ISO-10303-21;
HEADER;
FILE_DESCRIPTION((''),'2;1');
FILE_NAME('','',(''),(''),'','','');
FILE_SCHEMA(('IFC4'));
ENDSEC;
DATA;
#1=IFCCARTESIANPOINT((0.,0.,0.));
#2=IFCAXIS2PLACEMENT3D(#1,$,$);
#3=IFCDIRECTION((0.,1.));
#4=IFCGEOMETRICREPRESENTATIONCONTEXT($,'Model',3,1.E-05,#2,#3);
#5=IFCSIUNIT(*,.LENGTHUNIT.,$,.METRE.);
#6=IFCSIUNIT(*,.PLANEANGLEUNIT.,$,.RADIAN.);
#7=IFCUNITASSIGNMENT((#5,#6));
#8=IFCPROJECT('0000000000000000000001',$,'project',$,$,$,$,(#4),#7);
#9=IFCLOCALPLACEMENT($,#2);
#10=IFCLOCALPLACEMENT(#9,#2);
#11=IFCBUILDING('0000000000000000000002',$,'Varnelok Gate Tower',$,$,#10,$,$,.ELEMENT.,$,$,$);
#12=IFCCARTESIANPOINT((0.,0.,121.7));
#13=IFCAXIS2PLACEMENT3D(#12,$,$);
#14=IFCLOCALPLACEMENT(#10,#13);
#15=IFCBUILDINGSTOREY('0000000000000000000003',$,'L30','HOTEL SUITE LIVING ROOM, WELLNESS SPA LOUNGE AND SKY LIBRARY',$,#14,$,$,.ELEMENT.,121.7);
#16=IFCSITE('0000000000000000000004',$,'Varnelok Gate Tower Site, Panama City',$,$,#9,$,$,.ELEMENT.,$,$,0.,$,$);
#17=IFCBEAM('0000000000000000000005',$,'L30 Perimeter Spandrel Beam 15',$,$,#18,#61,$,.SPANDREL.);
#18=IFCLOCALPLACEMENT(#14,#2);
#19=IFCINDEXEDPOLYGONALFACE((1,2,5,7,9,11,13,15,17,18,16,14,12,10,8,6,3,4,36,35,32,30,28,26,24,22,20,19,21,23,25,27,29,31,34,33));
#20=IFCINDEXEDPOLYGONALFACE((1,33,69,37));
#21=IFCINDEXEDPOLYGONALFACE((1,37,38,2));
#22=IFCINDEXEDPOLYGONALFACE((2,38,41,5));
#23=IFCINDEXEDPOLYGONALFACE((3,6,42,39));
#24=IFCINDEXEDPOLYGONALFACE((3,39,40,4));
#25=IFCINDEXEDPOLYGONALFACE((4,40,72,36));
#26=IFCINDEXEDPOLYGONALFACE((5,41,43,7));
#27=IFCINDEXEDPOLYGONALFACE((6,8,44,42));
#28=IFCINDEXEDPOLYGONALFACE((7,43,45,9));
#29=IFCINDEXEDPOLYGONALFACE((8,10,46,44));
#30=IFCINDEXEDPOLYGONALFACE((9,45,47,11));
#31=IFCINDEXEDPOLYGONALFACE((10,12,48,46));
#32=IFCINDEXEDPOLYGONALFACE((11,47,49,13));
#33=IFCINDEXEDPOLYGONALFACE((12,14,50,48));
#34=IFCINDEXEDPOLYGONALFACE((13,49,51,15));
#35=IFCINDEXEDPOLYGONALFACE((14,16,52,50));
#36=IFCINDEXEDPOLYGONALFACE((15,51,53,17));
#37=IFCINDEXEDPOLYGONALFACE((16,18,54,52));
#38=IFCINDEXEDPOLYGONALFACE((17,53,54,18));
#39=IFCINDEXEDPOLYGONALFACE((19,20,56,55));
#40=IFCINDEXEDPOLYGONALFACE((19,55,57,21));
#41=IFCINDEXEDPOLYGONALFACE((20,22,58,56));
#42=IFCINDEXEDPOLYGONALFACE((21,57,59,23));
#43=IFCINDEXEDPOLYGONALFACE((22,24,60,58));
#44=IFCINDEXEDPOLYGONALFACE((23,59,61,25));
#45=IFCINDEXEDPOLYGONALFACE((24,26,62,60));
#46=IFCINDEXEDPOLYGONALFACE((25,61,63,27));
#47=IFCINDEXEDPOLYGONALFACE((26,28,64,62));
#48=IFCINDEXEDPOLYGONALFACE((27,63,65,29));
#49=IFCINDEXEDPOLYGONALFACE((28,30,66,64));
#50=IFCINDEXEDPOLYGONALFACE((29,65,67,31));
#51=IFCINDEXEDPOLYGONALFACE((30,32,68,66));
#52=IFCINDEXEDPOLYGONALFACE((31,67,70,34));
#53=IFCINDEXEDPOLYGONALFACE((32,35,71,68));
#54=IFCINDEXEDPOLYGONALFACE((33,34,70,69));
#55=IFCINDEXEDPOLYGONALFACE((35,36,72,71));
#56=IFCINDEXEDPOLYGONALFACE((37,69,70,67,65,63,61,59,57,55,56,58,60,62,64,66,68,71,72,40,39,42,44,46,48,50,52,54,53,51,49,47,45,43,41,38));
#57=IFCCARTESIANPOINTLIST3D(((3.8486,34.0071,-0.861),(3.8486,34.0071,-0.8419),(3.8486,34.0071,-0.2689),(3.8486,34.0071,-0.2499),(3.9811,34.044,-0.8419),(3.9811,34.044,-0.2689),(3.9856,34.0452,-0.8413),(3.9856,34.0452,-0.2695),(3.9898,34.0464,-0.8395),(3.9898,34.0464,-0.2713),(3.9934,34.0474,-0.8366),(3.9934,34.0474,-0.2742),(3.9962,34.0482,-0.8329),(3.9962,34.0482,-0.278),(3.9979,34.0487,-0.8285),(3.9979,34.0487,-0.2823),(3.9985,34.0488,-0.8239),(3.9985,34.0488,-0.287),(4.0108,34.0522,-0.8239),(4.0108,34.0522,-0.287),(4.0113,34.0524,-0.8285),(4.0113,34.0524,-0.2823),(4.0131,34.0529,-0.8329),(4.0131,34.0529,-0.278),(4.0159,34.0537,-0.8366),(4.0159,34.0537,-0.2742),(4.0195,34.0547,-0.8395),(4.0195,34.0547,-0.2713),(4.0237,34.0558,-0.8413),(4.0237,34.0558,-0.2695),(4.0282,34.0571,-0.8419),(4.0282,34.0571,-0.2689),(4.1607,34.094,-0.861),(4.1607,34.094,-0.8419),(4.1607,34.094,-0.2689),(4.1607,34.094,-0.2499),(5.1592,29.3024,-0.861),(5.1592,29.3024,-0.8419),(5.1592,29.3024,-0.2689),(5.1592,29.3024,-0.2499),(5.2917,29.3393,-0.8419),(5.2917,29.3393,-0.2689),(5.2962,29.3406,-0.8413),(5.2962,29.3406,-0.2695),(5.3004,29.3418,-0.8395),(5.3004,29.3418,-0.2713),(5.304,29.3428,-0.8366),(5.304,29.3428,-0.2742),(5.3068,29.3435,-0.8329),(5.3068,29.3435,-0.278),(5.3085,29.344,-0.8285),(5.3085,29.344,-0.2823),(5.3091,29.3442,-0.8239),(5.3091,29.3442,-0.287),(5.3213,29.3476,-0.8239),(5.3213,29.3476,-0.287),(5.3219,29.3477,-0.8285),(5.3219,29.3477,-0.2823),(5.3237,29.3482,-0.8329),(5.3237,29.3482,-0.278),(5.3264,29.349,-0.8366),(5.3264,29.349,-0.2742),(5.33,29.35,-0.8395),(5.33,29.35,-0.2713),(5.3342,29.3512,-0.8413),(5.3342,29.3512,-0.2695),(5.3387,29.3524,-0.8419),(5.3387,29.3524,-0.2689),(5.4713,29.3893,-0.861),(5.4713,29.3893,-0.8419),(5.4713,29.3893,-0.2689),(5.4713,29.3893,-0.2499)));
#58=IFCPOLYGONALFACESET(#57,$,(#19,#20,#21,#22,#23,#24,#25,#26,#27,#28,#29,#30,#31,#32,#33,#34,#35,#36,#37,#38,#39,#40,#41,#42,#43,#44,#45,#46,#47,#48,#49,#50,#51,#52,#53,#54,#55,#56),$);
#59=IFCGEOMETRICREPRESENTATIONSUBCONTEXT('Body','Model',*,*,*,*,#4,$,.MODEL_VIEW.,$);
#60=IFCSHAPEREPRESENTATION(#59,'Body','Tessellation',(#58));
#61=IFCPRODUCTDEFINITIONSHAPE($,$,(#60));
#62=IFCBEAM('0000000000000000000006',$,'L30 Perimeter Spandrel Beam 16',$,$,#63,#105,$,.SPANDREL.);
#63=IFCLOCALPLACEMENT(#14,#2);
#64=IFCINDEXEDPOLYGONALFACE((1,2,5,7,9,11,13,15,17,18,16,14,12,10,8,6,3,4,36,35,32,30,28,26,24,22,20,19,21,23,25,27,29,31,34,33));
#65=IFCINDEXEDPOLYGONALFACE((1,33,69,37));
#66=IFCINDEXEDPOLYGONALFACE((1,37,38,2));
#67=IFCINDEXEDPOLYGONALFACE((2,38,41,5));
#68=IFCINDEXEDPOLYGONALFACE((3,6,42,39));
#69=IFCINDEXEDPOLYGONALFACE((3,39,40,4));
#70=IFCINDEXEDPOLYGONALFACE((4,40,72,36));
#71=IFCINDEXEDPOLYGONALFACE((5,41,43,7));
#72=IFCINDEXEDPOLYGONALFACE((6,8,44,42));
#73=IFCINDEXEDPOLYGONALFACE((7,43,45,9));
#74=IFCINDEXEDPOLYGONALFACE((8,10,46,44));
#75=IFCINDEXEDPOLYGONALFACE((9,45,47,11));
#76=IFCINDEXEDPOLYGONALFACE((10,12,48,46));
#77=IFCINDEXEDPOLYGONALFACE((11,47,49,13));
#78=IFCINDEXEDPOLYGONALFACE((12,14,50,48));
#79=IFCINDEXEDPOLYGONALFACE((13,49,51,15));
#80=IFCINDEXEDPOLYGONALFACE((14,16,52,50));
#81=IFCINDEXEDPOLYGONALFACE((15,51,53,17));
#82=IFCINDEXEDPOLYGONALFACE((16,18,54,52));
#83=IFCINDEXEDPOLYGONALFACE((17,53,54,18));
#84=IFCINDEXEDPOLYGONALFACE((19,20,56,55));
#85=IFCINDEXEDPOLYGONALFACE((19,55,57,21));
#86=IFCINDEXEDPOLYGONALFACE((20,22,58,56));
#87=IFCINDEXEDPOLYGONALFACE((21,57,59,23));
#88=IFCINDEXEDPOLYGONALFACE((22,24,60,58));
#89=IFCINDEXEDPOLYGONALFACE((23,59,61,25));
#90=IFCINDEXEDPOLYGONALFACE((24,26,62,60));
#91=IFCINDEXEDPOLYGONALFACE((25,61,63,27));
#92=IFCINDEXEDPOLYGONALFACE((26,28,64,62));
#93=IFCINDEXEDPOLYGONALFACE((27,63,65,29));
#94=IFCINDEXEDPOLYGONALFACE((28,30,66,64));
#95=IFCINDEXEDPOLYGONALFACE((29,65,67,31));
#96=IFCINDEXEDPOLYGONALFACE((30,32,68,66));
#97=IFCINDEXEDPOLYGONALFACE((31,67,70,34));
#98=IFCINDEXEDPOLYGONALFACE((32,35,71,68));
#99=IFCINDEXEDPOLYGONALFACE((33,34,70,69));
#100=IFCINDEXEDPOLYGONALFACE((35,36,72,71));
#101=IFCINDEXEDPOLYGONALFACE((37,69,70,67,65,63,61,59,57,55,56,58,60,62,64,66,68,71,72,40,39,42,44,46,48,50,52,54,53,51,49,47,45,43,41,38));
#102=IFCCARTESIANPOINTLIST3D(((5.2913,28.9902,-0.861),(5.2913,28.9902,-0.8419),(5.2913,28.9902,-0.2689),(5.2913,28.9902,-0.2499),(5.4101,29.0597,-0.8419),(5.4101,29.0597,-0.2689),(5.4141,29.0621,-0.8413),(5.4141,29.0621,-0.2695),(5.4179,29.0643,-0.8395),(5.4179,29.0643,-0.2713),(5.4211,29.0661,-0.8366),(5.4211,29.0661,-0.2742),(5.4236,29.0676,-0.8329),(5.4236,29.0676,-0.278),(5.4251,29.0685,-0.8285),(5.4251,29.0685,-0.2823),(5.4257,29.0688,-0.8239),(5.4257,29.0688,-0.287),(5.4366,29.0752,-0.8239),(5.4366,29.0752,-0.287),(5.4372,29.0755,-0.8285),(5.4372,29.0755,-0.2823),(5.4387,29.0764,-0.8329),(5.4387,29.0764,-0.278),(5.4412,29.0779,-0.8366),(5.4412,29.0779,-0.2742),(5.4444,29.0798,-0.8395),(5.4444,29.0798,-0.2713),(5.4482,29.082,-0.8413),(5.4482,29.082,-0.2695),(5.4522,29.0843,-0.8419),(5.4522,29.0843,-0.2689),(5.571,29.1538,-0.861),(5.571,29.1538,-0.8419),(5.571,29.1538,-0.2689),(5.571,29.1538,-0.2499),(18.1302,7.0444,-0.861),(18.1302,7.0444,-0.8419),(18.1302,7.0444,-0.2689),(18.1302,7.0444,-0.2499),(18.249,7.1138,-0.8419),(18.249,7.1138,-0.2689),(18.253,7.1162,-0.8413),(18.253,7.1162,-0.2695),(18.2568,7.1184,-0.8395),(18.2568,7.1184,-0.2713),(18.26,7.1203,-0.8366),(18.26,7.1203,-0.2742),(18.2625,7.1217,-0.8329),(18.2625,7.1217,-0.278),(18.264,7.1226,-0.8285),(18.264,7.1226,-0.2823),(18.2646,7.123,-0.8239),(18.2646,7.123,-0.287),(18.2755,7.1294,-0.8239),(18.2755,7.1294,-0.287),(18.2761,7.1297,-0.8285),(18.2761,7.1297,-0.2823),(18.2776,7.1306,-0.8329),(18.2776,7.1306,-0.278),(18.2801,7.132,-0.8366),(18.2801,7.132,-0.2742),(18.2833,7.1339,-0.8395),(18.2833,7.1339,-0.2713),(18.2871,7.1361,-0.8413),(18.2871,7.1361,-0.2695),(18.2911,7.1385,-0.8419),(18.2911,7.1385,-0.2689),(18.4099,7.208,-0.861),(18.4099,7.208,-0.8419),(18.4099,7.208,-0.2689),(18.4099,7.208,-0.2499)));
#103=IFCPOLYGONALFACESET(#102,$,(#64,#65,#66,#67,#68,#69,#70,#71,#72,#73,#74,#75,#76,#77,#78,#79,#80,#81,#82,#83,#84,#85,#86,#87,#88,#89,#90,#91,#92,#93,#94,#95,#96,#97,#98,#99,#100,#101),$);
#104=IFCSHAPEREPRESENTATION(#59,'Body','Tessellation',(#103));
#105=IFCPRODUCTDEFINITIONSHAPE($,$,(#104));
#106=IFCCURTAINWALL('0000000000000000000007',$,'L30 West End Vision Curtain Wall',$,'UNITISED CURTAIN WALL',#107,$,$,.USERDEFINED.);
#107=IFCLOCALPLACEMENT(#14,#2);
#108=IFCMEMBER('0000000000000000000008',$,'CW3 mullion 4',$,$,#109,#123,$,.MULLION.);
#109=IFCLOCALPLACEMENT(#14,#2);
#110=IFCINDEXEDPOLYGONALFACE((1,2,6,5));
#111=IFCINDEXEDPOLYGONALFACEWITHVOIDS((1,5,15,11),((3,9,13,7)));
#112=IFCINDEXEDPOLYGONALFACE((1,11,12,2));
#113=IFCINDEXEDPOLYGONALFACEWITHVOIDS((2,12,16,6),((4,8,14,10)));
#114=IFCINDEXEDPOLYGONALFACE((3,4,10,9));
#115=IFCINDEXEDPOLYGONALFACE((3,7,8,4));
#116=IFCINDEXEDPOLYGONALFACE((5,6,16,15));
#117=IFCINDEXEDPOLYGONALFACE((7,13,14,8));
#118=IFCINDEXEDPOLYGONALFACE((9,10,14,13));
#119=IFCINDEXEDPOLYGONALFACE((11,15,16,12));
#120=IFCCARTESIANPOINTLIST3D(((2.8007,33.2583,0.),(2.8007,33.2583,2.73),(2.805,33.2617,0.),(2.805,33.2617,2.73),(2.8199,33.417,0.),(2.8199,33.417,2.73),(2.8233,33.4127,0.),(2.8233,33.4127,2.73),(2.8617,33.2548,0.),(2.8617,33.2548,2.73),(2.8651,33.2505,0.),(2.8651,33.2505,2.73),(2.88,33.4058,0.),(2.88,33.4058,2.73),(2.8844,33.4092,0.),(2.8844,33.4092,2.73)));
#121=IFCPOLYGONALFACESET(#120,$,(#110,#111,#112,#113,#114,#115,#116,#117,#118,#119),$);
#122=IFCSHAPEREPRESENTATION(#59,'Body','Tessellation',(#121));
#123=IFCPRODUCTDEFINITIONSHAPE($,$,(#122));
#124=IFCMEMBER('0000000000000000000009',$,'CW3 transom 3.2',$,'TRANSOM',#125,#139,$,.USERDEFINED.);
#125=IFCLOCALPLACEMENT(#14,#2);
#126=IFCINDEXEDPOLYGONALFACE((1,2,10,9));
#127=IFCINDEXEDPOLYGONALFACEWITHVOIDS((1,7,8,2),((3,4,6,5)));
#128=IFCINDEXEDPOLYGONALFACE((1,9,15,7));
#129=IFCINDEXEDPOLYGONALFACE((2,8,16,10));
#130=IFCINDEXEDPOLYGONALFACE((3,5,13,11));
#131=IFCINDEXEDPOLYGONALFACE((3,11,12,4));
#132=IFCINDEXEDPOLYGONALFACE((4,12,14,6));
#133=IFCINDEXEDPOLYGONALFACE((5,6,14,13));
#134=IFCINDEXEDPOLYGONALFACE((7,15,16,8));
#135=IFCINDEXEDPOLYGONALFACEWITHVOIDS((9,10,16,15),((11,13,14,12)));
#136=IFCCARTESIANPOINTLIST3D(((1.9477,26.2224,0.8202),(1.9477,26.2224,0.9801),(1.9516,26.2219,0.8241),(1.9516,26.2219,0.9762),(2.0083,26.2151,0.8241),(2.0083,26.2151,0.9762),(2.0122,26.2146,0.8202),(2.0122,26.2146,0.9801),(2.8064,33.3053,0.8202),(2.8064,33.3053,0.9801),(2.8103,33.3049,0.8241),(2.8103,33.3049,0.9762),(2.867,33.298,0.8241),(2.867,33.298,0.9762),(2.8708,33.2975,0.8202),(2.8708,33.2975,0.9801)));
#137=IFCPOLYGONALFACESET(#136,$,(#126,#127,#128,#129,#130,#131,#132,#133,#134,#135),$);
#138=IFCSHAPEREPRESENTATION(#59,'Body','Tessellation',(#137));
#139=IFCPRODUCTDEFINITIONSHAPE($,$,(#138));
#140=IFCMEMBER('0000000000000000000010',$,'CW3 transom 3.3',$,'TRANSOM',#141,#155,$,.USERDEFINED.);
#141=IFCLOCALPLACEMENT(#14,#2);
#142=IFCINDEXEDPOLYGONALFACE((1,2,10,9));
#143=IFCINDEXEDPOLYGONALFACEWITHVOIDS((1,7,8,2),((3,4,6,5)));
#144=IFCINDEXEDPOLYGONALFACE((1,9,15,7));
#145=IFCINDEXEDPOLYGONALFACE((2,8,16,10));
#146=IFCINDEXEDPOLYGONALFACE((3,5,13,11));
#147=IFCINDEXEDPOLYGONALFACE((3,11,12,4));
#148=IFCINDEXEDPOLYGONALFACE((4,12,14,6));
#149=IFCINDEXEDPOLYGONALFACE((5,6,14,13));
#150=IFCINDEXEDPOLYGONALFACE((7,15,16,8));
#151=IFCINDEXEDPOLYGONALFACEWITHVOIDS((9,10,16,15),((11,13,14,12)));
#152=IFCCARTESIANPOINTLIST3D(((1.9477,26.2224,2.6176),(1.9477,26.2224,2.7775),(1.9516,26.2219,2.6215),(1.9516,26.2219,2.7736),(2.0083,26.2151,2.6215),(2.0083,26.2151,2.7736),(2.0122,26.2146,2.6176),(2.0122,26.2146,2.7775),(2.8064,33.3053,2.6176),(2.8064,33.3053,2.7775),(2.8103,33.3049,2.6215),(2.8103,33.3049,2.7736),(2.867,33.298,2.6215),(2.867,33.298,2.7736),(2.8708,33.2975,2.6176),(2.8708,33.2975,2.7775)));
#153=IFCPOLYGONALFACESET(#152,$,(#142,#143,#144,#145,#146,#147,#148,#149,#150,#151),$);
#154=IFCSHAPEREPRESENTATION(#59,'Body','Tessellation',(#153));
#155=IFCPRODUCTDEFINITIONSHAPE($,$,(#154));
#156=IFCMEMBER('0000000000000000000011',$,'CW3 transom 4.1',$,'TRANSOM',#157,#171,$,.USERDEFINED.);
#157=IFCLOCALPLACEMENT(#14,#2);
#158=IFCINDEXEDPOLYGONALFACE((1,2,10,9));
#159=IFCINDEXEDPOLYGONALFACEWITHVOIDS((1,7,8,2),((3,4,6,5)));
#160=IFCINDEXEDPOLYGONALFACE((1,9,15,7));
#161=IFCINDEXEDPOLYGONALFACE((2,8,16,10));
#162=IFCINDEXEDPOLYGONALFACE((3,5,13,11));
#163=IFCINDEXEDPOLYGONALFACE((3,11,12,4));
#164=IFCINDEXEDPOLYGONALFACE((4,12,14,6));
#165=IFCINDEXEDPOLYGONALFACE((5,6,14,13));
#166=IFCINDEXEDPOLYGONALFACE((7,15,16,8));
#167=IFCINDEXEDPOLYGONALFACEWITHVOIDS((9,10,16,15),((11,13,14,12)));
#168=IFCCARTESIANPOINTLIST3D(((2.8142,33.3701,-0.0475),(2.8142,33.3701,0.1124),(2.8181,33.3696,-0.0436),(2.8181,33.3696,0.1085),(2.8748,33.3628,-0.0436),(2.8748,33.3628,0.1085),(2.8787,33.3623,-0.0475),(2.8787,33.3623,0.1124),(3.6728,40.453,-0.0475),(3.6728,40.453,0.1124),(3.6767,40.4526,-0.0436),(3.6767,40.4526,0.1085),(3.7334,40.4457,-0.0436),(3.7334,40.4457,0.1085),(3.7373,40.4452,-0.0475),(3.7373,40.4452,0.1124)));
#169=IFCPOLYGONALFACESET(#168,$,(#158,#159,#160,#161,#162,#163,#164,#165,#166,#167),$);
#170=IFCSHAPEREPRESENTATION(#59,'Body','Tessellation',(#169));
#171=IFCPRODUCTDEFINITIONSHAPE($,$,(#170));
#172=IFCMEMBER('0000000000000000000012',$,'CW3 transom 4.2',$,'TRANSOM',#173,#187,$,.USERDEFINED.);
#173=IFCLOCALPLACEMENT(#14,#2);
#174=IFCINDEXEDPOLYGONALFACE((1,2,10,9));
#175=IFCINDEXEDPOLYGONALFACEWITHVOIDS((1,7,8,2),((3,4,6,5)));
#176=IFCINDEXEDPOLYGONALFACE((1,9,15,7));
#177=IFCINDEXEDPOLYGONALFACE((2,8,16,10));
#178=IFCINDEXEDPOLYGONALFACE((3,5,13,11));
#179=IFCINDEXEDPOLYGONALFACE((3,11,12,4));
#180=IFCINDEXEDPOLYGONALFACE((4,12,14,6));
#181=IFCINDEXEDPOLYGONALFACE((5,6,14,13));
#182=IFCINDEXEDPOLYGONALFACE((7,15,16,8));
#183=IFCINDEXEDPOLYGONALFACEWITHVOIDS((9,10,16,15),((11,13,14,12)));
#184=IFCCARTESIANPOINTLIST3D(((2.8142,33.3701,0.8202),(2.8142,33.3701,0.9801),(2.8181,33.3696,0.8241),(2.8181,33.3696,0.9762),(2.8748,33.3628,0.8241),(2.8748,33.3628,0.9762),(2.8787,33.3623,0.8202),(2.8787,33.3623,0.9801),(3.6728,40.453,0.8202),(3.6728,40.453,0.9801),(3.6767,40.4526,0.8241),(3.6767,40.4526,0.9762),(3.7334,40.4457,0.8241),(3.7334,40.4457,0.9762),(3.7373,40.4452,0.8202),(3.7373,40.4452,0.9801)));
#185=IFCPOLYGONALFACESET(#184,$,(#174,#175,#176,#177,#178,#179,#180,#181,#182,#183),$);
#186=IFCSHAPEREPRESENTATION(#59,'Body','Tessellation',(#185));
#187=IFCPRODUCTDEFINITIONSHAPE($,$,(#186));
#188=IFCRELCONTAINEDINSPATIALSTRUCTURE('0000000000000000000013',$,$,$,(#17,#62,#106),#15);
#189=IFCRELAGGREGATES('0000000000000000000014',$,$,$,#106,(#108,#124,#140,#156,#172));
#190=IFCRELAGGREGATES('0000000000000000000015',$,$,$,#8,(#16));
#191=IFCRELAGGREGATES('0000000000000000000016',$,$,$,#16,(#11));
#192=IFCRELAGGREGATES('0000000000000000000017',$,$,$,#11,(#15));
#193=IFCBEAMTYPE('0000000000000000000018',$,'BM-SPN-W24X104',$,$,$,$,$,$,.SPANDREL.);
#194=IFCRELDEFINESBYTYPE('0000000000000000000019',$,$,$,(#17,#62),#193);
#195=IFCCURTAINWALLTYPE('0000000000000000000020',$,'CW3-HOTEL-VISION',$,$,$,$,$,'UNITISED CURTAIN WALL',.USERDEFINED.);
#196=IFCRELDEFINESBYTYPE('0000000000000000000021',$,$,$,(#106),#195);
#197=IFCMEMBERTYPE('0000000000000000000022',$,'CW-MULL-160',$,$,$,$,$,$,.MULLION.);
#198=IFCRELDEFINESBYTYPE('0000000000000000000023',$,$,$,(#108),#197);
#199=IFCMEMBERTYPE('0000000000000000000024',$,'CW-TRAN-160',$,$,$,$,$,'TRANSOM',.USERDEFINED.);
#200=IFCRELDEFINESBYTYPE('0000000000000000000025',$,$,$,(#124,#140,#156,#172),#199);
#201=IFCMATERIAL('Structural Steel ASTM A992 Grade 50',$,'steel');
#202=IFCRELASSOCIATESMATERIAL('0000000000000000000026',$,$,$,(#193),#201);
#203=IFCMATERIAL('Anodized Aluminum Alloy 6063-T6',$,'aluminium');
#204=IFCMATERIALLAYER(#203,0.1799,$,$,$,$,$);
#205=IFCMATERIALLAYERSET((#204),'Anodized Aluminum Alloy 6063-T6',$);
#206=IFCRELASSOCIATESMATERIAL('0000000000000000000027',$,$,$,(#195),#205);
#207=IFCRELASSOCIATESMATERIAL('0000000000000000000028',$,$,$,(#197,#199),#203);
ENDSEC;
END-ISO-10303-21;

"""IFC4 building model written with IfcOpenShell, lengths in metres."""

from ifc_helpers import new_model, si_unit, direction, frame, origin, origin_2d, place, context, subcontext, project, spatial, hollow_rectangle, i_section, extrude, material, layer, layer_set, material_profile, profile_set, type_object, element, aggregate, save


model = new_model("IFC4")

# Units and contexts
model_context = context("Model", 3, precision=1e-05, world=origin(), true_north=direction((0.0, 1.0)))
body_context = subcontext(model_context, "Body", "Model", "MODEL_VIEW")
ifc_project = project(units=[si_unit("LENGTHUNIT", "METRE"), si_unit("PLANEANGLEUNIT", "RADIAN")], contexts=[model_context])

# Site, building, storey
site_placement = place(None, origin())
site = spatial("IfcSite", under=ifc_project, at=site_placement, Name="Varnelok Gate Tower Site, Panama City", CompositionType="ELEMENT", RefElevation=0.0)
building_placement = place(site_placement, origin())
building = spatial("IfcBuilding", under=site, at=building_placement, Name="Varnelok Gate Tower", CompositionType="ELEMENT")
storey_placement = place(building_placement, frame((0.0, 0.0, 121.7)))
storey = spatial("IfcBuildingStorey", under=building, at=storey_placement, Name="L30", Description="HOTEL SUITE LIVING ROOM, WELLNESS SPA LOUNGE AND SKY LIBRARY", CompositionType="ELEMENT", Elevation=121.7)

# Shared definitions
ifc_material_1 = material(Name="Structural Steel ASTM A992 Grade 50", Category="steel")

# Beams
ifc_material_profile_1 = material_profile(ifc_material_1, i_section(OverallWidth=0.324, OverallDepth=0.6111, WebThickness=0.0127, FlangeThickness=0.019, FilletRadius=0.0181, at=origin_2d()), Name="W24X104")
ifc_profile_set_1 = profile_set([ifc_material_profile_1], Name="Structural Steel ASTM A992 Grade 50")
beam_type_1 = type_object("IfcBeamType", Name="BM-SPN-W24X104", PredefinedType="SPANDREL", material=ifc_profile_set_1)
beam_1_placement = place(storey_placement, frame((4.0046, 34.0505, -0.5554), z_axis=(0.26835, -0.963321, 0.0), x_axis=(0.963321, 0.26835, 0.0)))
element("IfcBeam", 1, at=beam_1_placement, inside=storey, type_object=beam_type_1, Name="L30 Perimeter Spandrel Beam 15", PredefinedType="SPANDREL", context=body_context, shape_type="SweptSolid", body=[
    extrude(i_section(OverallWidth=0.324, OverallDepth=0.6111, WebThickness=0.0127, FlangeThickness=0.019, FilletRadius=0.0181, at=origin_2d()), origin(), (0.0, 0.0, 1.0), 4.8838),
])
beam_2_placement = place(storey_placement, frame((5.4312, 29.072, -0.5554), z_axis=(0.504961, -0.863142, 0.0), x_axis=(0.863142, 0.504961, 0.0)))
element("IfcBeam", 2, at=beam_2_placement, inside=storey, type_object=beam_type_1, Name="L30 Perimeter Spandrel Beam 16", PredefinedType="SPANDREL", context=body_context, shape_type="SweptSolid", body=[
    extrude(i_section(OverallWidth=0.324, OverallDepth=0.6111, WebThickness=0.0127, FlangeThickness=0.019, FilletRadius=0.0181, at=origin_2d()), origin(), (0.0, 0.0, 1.0), 25.4255),
])

# Curtain wall, members
ifc_material_2 = material(Name="Anodized Aluminum Alloy 6063-T6", Category="aluminium")
ifc_layer_1 = layer(ifc_material_2, 0.1799)
ifc_layer_set_1 = layer_set([ifc_layer_1], Name="Anodized Aluminum Alloy 6063-T6")
curtain_wall_type = type_object("IfcCurtainWallType", Name="CW3-HOTEL-VISION", ElementType="UNITISED CURTAIN WALL", PredefinedType="USERDEFINED", material=ifc_layer_set_1)
curtain_wall_placement = place(storey_placement, origin())
curtain_wall = element("IfcCurtainWall", 3, at=curtain_wall_placement, inside=storey, type_object=curtain_wall_type, Name="L30 West End Vision Curtain Wall", ObjectType="UNITISED CURTAIN WALL", PredefinedType="USERDEFINED")
ifc_material_profile_2 = material_profile(ifc_material_2, hollow_rectangle(XDim=0.0649, YDim=0.1599, WallThickness=0.0039, at=origin_2d()), Name="ALU160X65X4")
ifc_profile_set_2 = profile_set([ifc_material_profile_2], Name="Anodized Aluminum Alloy 6063-T6")
member_type_1 = type_object("IfcMemberType", Name="CW-MULL-160", PredefinedType="MULLION", material=ifc_profile_set_2)
member_1_placement = place(storey_placement, frame((2.8425, 33.3337, 0.0), z_axis=(0.0, 0.0, 1.0), x_axis=(-0.992732, 0.120347, 0.0)))
member_1 = element("IfcMember", 4, at=member_1_placement, type_object=member_type_1, Name="CW3 mullion 4", PredefinedType="MULLION", context=body_context, shape_type="SweptSolid", body=[
    extrude(hollow_rectangle(XDim=0.0649, YDim=0.1599, WallThickness=0.0039, at=origin_2d()), origin(), (0.0, 0.0, 1.0), 2.73),
])
ifc_material_profile_3 = material_profile(ifc_material_2, hollow_rectangle(XDim=0.0649, YDim=0.1599, WallThickness=0.0039, at=origin_2d()), Name="ALU160X65X4")
ifc_profile_set_3 = profile_set([ifc_material_profile_3], Name="Anodized Aluminum Alloy 6063-T6")
member_type_2 = type_object("IfcMemberType", Name="CW-TRAN-160", ElementType="TRANSOM", PredefinedType="USERDEFINED", material=ifc_profile_set_3)
member_2_placement = place(storey_placement, frame((1.98, 26.2185, 0.9001), z_axis=(0.120345, 0.992732, 0.0), x_axis=(-0.992732, 0.120345, 0.0)))
member_2 = element("IfcMember", 5, at=member_2_placement, type_object=member_type_2, Name="CW3 transom 3.2", ObjectType="TRANSOM", PredefinedType="USERDEFINED", context=body_context, shape_type="SweptSolid", body=[
    extrude(hollow_rectangle(XDim=0.0649, YDim=0.1599, WallThickness=0.0039, at=origin_2d()), origin(), (0.0, 0.0, 1.0), 7.1348),
])
member_3_placement = place(storey_placement, frame((1.98, 26.2185, 2.6975), z_axis=(0.120345, 0.992732, 0.0), x_axis=(-0.992732, 0.120345, 0.0)))
member_3 = element("IfcMember", 6, at=member_3_placement, type_object=member_type_2, Name="CW3 transom 3.3", ObjectType="TRANSOM", PredefinedType="USERDEFINED", context=body_context, shape_type="SweptSolid", body=[
    extrude(hollow_rectangle(XDim=0.0649, YDim=0.1599, WallThickness=0.0039, at=origin_2d()), origin(), (0.0, 0.0, 1.0), 7.1348),
])
member_4_placement = place(storey_placement, frame((2.8464, 33.3662, 0.0325), z_axis=(0.120345, 0.992732, 0.0), x_axis=(-0.992732, 0.120345, 0.0)))
member_4 = element("IfcMember", 7, at=member_4_placement, type_object=member_type_2, Name="CW3 transom 4.1", ObjectType="TRANSOM", PredefinedType="USERDEFINED", context=body_context, shape_type="SweptSolid", body=[
    extrude(hollow_rectangle(XDim=0.0649, YDim=0.1599, WallThickness=0.0039, at=origin_2d()), origin(), (0.0, 0.0, 1.0), 7.1348),
])
member_5_placement = place(storey_placement, frame((2.8464, 33.3662, 0.9001), z_axis=(0.120345, 0.992732, 0.0), x_axis=(-0.992732, 0.120345, 0.0)))
member_5 = element("IfcMember", 8, at=member_5_placement, type_object=member_type_2, Name="CW3 transom 4.2", ObjectType="TRANSOM", PredefinedType="USERDEFINED", context=body_context, shape_type="SweptSolid", body=[
    extrude(hollow_rectangle(XDim=0.0649, YDim=0.1599, WallThickness=0.0039, at=origin_2d()), origin(), (0.0, 0.0, 1.0), 7.1348),
])
aggregate(curtain_wall, [member_1, member_2, member_3, member_4, member_5])

save(model, "model.ifc")
